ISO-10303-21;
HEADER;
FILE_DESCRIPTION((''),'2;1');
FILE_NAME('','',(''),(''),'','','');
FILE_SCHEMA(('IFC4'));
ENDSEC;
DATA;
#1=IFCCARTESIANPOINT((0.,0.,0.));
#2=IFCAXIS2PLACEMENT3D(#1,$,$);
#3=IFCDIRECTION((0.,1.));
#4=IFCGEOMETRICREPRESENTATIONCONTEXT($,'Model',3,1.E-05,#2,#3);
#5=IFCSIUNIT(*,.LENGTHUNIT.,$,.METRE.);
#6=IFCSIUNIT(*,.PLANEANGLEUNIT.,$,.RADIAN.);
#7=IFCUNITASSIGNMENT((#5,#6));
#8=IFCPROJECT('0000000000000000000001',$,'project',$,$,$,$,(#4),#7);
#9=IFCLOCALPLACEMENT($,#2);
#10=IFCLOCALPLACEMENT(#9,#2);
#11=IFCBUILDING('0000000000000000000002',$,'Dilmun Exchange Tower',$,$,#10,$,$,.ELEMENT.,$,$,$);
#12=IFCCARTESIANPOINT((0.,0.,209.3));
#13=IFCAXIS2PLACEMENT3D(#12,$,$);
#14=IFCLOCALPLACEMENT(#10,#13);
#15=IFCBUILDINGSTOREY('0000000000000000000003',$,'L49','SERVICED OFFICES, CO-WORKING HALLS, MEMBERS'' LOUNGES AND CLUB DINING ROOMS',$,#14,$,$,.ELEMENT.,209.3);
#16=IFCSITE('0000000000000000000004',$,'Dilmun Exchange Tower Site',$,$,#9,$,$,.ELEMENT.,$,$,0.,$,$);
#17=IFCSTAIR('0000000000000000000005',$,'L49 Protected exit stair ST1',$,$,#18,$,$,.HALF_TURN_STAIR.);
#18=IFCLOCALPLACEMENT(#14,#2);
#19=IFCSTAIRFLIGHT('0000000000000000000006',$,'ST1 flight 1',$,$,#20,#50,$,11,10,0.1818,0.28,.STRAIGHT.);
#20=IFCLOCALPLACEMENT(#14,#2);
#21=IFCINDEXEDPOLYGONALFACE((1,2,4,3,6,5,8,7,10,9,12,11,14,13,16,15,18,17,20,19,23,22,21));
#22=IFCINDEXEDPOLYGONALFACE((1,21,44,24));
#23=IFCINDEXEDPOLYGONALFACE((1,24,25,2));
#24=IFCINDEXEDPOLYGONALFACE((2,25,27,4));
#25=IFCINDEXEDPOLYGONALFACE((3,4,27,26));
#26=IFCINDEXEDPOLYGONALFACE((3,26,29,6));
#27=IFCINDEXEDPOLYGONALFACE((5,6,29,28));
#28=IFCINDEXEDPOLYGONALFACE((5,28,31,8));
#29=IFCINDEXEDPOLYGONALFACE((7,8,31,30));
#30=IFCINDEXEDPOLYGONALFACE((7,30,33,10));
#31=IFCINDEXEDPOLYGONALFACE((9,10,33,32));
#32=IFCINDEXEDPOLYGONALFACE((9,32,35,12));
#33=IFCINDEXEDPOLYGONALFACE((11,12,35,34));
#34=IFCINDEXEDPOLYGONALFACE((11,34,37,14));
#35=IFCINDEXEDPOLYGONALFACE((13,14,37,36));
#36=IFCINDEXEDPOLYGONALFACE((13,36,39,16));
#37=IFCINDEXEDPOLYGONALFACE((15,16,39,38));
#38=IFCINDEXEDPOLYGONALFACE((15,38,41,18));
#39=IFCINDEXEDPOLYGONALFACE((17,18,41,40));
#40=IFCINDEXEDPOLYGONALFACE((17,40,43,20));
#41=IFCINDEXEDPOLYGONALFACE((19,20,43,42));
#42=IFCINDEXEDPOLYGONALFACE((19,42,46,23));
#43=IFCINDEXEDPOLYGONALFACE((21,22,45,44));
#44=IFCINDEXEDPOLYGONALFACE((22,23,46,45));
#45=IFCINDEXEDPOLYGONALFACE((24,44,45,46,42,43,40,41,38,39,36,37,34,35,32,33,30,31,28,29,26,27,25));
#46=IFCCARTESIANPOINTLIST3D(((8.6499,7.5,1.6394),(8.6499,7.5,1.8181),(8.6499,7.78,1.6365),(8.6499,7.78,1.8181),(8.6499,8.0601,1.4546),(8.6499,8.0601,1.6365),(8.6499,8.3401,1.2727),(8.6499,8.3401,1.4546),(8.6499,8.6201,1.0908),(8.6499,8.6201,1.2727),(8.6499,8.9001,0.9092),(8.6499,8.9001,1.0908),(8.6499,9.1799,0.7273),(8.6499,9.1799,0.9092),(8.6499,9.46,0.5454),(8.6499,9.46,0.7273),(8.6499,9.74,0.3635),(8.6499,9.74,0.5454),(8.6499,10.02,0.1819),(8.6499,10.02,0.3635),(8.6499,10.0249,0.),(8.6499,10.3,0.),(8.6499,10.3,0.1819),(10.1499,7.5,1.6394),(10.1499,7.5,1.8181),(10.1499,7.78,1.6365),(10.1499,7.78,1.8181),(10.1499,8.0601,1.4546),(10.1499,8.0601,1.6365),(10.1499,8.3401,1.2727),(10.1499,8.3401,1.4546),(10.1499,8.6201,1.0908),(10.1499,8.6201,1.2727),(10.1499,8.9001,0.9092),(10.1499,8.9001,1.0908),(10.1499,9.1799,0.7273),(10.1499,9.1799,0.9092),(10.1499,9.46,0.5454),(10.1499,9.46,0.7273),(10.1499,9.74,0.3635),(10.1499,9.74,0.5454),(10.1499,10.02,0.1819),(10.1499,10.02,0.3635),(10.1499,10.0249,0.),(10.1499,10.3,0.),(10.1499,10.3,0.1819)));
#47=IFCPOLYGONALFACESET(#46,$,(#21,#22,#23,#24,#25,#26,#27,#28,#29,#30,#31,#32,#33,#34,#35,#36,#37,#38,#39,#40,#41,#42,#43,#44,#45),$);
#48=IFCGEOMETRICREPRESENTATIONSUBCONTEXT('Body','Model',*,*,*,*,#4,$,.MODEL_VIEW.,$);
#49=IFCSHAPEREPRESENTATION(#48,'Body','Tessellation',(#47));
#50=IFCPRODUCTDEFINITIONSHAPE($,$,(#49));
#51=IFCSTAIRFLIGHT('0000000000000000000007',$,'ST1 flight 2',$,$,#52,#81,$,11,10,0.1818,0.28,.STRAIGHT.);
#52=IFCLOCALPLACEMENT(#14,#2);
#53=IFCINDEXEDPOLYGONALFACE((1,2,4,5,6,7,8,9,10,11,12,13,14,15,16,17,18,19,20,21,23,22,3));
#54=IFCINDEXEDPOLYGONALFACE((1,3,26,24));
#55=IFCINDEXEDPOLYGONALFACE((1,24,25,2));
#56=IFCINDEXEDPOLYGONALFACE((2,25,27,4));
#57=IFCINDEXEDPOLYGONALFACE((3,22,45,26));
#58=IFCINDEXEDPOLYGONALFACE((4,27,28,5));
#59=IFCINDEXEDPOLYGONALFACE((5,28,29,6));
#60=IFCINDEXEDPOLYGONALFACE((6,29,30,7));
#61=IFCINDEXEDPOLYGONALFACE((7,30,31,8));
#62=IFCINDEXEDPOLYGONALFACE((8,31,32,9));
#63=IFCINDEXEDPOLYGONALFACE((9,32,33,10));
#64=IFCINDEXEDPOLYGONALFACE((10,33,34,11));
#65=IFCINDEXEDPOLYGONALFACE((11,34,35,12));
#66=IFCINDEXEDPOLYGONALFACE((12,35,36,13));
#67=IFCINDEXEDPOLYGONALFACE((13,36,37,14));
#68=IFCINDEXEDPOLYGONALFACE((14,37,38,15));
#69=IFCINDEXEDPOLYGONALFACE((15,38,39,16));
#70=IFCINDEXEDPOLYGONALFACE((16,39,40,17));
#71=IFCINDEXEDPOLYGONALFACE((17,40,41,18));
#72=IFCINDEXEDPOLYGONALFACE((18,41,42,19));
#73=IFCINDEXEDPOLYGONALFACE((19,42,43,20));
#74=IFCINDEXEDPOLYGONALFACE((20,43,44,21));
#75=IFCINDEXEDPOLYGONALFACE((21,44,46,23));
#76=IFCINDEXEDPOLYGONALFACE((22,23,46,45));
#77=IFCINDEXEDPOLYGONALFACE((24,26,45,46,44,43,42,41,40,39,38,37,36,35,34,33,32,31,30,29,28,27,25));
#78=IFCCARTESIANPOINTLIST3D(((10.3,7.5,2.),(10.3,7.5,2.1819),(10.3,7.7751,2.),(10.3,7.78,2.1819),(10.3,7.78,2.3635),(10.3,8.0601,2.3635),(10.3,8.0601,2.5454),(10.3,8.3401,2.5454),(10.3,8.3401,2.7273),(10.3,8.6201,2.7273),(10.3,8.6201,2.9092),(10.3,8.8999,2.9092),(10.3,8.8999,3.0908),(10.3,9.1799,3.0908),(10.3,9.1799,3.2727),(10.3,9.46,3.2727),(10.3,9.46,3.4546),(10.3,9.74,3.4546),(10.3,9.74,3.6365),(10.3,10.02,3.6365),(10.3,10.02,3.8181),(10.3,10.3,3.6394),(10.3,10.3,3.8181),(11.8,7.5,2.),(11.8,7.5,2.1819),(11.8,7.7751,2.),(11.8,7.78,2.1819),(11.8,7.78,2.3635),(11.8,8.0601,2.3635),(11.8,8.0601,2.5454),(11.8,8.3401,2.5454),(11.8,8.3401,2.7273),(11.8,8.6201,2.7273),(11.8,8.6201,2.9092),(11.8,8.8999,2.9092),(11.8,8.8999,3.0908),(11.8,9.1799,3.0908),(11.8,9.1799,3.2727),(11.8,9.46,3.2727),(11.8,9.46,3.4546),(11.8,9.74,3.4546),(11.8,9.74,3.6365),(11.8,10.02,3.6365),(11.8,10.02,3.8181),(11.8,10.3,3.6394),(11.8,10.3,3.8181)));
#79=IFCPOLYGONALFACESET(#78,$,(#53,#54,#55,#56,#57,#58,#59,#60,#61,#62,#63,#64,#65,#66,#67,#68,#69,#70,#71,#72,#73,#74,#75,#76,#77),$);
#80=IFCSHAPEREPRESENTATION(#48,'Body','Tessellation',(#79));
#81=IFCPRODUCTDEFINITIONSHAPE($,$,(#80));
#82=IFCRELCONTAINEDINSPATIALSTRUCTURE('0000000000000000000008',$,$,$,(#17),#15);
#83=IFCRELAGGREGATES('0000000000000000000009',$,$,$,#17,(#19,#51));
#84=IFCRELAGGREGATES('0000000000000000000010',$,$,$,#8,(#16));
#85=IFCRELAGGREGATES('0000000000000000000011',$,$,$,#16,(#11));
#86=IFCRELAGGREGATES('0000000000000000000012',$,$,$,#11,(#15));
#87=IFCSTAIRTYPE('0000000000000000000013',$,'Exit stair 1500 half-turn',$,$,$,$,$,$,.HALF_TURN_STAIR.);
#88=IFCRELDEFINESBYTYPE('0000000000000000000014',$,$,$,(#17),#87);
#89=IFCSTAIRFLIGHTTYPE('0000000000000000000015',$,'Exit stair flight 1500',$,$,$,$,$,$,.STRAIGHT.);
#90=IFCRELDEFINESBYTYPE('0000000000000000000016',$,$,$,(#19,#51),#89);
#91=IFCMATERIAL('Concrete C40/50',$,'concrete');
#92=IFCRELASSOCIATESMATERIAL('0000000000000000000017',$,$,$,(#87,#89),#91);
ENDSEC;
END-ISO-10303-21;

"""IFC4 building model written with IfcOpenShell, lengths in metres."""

from ifc_helpers import new_model, si_unit, direction, frame, origin, place, context, subcontext, project, spatial, polyline, outline, extrude, material, type_object, element, aggregate, save


model = new_model("IFC4")

# Units and contexts
model_context = context("Model", 3, precision=1e-05, world=origin(), true_north=direction((0.0, 1.0)))
body_context = subcontext(model_context, "Body", "Model", "MODEL_VIEW")
ifc_project = project(units=[si_unit("LENGTHUNIT", "METRE"), si_unit("PLANEANGLEUNIT", "RADIAN")], contexts=[model_context])

# Site, building, storey
site_placement = place(None, origin())
site = spatial("IfcSite", under=ifc_project, at=site_placement, Name="Dilmun Exchange Tower Site", CompositionType="ELEMENT", RefElevation=0.0)
building_placement = place(site_placement, origin())
building = spatial("IfcBuilding", under=site, at=building_placement, Name="Dilmun Exchange Tower", CompositionType="ELEMENT")
storey_placement = place(building_placement, frame((0.0, 0.0, 209.3)))
storey = spatial("IfcBuildingStorey", under=building, at=storey_placement, Name="L49", Description="SERVICED OFFICES, CO-WORKING HALLS, MEMBERS' LOUNGES AND CLUB DINING ROOMS", CompositionType="ELEMENT", Elevation=209.3)

# Shared definitions
ifc_material_1 = material(Name="Concrete C40/50", Category="concrete")

# Stair, stair flights
stair_type = type_object("IfcStairType", Name="Exit stair 1500 half-turn", PredefinedType="HALF_TURN_STAIR", material=ifc_material_1)
stair_placement = place(storey_placement, origin())
stair = element("IfcStair", 1, at=stair_placement, inside=storey, type_object=stair_type, Name="L49 Protected exit stair ST1", PredefinedType="HALF_TURN_STAIR")
stair_flight_type = type_object("IfcStairFlightType", Name="Exit stair flight 1500", PredefinedType="STRAIGHT", material=ifc_material_1)
stair_flight_1_placement = place(storey_placement, frame((9.3999, 10.3, 0.0), z_axis=(0.0, 0.0, 1.0), x_axis=(0.0, -1.0, 0.0)))
stair_flight_1 = element("IfcStairFlight", 2, at=stair_flight_1_placement, type_object=stair_flight_type, Name="ST1 flight 1", NumberOfRisers=11, NumberOfTreads=10, PredefinedType="STRAIGHT", RiserHeight=0.1818, TreadLength=0.28, context=body_context, shape_type="SweptSolid", body=[
    extrude(outline(polyline([(0.0, 0.0), (0.0, 0.1819), (0.28, 0.1819), (0.28, 0.3635), (0.5601, 0.3635), (0.5601, 0.5454), (0.8401, 0.5454), (0.8401, 0.7273), (1.1201, 0.7273), (1.1201, 0.9092), (1.3999, 0.9092), (1.3999, 1.0908), (1.6799, 1.0908), (1.6799, 1.2727), (1.96, 1.2727), (1.96, 1.4546), (2.24, 1.4546), (2.24, 1.6365), (2.52, 1.6365), (2.52, 1.8181), (2.8, 1.8181), (2.8, 2.0), (2.8, 1.6394), (0.2751, 0.0), (0.0, 0.0)])), frame((0.0, 0.75, 0.0), z_axis=(0.0, -1.0, 0.0), x_axis=(1.0, 0.0, 0.0)), (0.0, 0.0, 1.0), 1.5),
])
stair_flight_2_placement = place(storey_placement, frame((11.05, 7.5, 2.0), z_axis=(0.0, 0.0, 1.0), x_axis=(0.0, 1.0, 0.0)))
stair_flight_2 = element("IfcStairFlight", 3, at=stair_flight_2_placement, type_object=stair_flight_type, Name="ST1 flight 2", NumberOfRisers=11, NumberOfTreads=10, PredefinedType="STRAIGHT", RiserHeight=0.1818, TreadLength=0.28, context=body_context, shape_type="SweptSolid", body=[
    extrude(outline(polyline([(0.0, 0.0), (0.0, 0.1819), (0.28, 0.1819), (0.28, 0.3635), (0.5601, 0.3635), (0.5601, 0.5454), (0.8401, 0.5454), (0.8401, 0.7273), (1.1201, 0.7273), (1.1201, 0.9092), (1.3999, 0.9092), (1.3999, 1.0908), (1.6799, 1.0908), (1.6799, 1.2727), (1.96, 1.2727), (1.96, 1.4546), (2.24, 1.4546), (2.24, 1.6365), (2.52, 1.6365), (2.52, 1.8181), (2.8, 1.8181), (2.8, 2.0), (2.8, 1.6394), (0.2751, 0.0), (0.0, 0.0)])), frame((0.0, 0.75, 0.0), z_axis=(0.0, -1.0, 0.0), x_axis=(1.0, 0.0, 0.0)), (0.0, 0.0, 1.0), 1.5),
])
aggregate(stair, [stair_flight_1, stair_flight_2])

save(model, "model.ifc")
